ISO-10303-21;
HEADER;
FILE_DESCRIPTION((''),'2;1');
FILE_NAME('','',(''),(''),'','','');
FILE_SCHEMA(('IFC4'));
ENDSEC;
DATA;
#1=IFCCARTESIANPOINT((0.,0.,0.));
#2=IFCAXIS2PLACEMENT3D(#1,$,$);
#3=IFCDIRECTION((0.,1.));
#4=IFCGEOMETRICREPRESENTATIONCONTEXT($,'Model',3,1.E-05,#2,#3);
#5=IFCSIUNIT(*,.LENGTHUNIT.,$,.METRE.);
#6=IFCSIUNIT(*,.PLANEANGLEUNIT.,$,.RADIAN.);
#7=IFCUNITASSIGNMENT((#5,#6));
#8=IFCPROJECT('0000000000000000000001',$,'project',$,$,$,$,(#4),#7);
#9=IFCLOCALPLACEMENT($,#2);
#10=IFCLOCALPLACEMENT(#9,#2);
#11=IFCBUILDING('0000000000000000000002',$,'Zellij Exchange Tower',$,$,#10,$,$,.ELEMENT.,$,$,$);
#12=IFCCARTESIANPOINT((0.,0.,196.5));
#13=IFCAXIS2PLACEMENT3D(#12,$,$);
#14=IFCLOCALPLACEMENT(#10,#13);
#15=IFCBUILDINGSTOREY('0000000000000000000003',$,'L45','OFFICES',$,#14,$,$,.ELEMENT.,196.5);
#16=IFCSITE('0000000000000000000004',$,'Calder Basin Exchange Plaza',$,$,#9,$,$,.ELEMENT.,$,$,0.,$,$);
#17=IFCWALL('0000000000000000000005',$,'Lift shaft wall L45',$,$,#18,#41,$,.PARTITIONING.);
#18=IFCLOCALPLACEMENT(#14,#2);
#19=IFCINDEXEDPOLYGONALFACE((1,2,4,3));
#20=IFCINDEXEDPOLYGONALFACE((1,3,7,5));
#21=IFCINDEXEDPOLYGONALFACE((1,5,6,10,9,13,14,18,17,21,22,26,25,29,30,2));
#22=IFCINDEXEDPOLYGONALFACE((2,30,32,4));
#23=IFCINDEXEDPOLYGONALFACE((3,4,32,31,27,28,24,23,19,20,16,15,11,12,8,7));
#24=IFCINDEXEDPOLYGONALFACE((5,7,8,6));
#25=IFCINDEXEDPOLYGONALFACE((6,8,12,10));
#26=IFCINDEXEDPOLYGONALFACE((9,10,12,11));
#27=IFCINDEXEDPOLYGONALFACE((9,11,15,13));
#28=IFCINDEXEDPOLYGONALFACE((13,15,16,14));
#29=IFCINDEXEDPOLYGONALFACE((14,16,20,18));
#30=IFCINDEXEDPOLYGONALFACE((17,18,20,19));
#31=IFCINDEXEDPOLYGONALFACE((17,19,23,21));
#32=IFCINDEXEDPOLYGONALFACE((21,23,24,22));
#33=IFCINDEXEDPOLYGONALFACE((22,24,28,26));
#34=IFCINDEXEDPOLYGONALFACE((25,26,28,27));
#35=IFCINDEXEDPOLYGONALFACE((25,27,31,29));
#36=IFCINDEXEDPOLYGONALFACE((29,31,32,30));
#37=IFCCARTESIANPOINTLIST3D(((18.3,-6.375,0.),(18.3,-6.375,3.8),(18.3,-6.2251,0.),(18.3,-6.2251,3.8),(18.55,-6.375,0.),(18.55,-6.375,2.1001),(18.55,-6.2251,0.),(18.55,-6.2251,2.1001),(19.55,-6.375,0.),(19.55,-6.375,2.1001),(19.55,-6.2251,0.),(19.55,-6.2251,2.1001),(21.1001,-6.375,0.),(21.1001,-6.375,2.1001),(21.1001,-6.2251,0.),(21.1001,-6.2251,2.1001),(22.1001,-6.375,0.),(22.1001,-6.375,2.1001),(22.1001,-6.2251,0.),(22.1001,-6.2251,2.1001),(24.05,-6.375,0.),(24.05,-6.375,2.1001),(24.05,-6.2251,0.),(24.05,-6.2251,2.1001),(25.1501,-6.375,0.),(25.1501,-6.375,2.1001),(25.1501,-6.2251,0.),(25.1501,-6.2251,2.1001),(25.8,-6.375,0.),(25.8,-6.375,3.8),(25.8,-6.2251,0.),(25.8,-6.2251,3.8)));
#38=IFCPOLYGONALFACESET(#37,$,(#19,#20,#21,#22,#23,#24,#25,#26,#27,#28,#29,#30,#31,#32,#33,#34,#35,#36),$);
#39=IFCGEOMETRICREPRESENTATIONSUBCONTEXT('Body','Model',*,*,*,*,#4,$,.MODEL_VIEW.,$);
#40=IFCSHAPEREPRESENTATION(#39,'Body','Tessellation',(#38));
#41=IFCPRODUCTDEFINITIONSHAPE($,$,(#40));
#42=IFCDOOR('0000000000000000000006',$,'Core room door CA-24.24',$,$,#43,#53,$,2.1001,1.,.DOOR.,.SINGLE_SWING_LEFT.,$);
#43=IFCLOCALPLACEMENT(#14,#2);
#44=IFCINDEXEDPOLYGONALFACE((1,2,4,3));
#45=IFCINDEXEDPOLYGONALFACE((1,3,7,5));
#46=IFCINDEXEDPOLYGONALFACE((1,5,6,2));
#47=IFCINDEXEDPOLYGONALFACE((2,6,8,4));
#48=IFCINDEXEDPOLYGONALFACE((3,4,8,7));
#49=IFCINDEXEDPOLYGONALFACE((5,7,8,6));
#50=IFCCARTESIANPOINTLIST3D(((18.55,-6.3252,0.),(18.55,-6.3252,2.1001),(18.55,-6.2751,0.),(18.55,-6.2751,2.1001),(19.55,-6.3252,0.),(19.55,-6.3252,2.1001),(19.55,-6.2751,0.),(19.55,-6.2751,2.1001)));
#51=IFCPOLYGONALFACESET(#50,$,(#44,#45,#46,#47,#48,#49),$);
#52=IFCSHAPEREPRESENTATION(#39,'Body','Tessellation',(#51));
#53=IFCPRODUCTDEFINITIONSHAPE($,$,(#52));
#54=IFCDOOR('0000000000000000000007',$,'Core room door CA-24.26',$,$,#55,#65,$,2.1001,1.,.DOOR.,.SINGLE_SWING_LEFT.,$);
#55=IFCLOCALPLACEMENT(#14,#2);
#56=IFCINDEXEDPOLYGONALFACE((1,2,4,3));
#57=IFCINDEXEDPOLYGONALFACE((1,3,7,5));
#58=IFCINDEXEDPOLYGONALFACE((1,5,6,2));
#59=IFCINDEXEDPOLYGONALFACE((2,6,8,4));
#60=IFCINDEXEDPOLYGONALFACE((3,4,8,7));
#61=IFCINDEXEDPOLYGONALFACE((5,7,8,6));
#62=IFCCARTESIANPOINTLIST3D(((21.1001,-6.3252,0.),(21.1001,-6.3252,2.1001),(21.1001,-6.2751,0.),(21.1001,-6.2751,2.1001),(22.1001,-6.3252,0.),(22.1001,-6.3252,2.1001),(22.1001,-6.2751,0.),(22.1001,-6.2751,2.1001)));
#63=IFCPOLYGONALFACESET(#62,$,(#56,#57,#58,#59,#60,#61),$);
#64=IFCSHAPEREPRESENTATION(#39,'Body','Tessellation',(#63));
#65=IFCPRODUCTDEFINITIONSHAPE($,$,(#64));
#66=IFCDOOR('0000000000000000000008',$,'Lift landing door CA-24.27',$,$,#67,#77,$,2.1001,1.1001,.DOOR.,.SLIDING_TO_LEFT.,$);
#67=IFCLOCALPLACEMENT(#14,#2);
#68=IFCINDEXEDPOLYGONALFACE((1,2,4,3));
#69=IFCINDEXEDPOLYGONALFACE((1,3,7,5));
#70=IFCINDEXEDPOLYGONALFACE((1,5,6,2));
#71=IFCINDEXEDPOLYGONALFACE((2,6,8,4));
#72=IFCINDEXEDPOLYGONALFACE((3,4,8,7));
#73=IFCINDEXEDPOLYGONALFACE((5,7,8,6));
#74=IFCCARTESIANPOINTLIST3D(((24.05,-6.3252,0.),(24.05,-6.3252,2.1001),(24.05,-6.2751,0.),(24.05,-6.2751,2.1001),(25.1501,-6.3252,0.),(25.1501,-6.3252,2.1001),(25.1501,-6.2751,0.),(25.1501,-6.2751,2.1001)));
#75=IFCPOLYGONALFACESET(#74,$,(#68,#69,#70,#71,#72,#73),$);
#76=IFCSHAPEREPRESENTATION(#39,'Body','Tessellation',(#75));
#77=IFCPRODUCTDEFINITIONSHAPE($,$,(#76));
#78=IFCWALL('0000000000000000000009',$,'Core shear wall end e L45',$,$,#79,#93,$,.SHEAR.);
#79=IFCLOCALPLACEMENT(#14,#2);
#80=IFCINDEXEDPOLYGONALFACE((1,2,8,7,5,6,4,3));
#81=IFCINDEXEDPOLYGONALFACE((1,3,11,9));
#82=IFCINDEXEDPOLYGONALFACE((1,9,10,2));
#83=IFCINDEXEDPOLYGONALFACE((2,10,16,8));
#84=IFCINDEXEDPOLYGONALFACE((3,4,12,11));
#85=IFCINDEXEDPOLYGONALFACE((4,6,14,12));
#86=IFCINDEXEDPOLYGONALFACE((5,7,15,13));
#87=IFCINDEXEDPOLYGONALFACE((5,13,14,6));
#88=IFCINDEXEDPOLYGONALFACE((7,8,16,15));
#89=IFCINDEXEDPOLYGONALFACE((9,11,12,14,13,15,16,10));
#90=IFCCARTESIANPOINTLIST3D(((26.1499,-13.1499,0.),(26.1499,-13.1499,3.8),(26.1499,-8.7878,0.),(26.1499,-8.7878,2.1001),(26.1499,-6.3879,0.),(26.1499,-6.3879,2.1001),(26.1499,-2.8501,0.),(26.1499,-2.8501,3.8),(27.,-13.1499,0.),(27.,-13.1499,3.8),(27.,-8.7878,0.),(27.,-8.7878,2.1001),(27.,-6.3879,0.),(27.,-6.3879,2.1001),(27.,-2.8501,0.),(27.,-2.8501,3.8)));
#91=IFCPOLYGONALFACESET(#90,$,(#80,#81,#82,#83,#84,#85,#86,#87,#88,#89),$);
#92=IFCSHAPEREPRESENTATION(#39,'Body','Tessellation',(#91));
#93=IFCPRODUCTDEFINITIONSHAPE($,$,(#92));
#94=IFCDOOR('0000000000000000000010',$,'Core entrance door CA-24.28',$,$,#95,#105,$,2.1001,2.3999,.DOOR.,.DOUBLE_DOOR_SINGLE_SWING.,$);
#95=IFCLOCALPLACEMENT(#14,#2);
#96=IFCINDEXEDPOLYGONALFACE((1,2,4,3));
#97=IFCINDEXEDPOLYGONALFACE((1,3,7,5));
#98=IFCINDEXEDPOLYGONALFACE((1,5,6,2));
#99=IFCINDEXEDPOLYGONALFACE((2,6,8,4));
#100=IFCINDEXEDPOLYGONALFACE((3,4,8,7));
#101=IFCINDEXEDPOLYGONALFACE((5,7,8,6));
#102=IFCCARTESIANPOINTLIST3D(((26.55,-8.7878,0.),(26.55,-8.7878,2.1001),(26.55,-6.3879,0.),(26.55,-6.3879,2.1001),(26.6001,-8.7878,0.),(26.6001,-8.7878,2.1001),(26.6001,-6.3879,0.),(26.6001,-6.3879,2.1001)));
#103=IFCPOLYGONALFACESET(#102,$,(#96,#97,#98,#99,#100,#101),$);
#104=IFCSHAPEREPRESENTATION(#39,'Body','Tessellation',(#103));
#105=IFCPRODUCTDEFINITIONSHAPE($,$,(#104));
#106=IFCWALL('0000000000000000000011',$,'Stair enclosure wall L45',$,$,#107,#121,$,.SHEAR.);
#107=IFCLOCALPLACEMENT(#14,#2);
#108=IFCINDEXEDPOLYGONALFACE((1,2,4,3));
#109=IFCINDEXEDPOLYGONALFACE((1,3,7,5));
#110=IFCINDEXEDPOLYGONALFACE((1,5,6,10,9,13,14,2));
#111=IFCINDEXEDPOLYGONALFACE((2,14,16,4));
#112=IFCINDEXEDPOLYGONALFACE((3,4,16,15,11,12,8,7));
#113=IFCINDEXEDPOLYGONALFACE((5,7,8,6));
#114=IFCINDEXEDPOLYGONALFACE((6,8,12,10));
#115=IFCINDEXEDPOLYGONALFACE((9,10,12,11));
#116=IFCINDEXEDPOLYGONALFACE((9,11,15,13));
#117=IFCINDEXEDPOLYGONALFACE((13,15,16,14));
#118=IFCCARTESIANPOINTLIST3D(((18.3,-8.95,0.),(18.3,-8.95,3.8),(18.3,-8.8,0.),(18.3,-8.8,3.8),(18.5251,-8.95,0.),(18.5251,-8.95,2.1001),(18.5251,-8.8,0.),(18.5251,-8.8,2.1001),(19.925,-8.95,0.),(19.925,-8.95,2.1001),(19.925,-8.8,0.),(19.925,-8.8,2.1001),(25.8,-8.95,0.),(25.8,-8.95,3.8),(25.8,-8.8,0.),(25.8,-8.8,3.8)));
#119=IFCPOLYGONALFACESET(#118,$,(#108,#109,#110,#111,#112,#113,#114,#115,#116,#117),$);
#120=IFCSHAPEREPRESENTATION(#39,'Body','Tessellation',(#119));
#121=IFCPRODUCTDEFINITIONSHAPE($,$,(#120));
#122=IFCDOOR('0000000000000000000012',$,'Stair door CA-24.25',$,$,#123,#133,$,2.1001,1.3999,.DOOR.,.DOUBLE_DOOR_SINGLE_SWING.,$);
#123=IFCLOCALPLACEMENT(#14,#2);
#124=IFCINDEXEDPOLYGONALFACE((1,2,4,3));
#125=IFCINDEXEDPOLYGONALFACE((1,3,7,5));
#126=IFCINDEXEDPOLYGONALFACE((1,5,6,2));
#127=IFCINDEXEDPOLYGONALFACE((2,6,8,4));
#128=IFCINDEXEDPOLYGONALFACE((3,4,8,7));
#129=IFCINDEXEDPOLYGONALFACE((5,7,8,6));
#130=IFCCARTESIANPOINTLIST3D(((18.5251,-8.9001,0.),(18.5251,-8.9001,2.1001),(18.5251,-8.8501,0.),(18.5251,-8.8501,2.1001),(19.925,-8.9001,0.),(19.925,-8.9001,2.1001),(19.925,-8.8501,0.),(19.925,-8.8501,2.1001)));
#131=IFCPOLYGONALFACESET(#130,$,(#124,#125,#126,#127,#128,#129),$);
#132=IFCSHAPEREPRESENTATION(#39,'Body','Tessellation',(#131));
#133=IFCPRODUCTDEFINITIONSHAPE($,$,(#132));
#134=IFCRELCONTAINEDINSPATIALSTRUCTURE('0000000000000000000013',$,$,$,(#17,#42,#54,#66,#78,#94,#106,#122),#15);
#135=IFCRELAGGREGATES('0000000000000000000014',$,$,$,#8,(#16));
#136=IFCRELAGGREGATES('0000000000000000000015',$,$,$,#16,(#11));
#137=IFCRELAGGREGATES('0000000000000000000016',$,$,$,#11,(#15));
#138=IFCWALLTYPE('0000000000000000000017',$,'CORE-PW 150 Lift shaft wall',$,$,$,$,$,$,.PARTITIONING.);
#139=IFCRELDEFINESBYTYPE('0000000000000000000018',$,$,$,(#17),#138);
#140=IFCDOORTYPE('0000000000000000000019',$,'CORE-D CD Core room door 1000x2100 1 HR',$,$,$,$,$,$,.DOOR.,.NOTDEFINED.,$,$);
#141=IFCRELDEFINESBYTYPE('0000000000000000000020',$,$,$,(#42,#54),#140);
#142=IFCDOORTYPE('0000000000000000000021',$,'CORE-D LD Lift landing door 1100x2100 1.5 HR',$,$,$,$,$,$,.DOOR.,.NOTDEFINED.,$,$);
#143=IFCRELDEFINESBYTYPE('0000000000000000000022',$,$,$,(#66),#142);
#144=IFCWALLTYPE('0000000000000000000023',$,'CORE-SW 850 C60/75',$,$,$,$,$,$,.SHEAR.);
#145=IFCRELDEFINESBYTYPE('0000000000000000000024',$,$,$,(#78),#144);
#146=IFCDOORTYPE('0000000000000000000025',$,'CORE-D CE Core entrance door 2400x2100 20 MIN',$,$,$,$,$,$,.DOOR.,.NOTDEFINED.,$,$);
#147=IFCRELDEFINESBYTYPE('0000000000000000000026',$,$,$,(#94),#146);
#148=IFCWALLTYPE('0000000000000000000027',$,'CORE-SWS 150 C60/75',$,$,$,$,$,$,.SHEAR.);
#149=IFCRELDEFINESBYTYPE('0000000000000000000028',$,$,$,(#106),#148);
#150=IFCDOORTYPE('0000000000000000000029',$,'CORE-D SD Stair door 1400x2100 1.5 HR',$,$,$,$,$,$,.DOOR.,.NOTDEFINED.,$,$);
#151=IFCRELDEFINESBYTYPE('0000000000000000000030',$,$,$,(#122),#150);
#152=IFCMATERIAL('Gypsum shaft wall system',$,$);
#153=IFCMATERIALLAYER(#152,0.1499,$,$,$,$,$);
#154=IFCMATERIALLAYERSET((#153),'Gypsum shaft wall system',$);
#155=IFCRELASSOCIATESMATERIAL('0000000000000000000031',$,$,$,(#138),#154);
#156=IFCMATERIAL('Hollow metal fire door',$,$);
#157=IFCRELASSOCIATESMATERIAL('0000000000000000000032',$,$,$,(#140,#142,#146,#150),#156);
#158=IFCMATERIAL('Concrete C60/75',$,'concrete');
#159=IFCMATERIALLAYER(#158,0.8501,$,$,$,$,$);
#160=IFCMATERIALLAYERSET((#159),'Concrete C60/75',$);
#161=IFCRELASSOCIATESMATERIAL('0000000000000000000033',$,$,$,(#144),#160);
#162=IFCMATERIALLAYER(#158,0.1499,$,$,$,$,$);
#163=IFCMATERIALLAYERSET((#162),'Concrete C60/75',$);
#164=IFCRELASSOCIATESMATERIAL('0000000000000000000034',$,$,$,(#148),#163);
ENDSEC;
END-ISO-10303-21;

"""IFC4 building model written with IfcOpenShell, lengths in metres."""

from ifc_helpers import new_model, si_unit, direction, frame, frame_2d, origin, place, context, subcontext, project, spatial, rectangle, extrude, material, layer, layer_set, type_object, element, fill, save


model = new_model("IFC4")

# Units and contexts
model_context = context("Model", 3, precision=1e-05, world=origin(), true_north=direction((0.0, 1.0)))
body_context = subcontext(model_context, "Body", "Model", "MODEL_VIEW")
ifc_project = project(units=[si_unit("LENGTHUNIT", "METRE"), si_unit("PLANEANGLEUNIT", "RADIAN")], contexts=[model_context])

# Site, building, storey
site_placement = place(None, origin())
site = spatial("IfcSite", under=ifc_project, at=site_placement, Name="Calder Basin Exchange Plaza", CompositionType="ELEMENT", RefElevation=0.0)
building_placement = place(site_placement, origin())
building = spatial("IfcBuilding", under=site, at=building_placement, Name="Zellij Exchange Tower", CompositionType="ELEMENT")
storey_placement = place(building_placement, frame((0.0, 0.0, 196.5)))
storey = spatial("IfcBuildingStorey", under=building, at=storey_placement, Name="L45", Description="OFFICES", CompositionType="ELEMENT", Elevation=196.5)

# Shared definitions
ifc_material_1 = material(Name="Concrete C60/75", Category="concrete")
ifc_material_2 = material(Name="Gypsum shaft wall system")
ifc_layer_1 = layer(ifc_material_2, 0.1499)
ifc_layer_set_1 = layer_set([ifc_layer_1], Name="Gypsum shaft wall system")
wall_type_1 = type_object("IfcWallType", Name="CORE-PW 150 Lift shaft wall", PredefinedType="PARTITIONING", material=ifc_layer_set_1)

# Wall, openings, doors
wall_1_placement = place(storey_placement, frame((18.3, -6.3, 0.0), z_axis=(0.0, 0.0, 1.0), x_axis=(1.0, 0.0, 0.0)))
wall_1 = element("IfcWall", 1, at=wall_1_placement, inside=storey, type_object=wall_type_1, Name="Lift shaft wall L45", PredefinedType="PARTITIONING", context=body_context, shape_type="SweptSolid", body=[
    extrude(rectangle(XDim=7.5, YDim=0.1499, at=frame_2d((3.75, 0.0))), origin(), (0.0, 0.0, 1.0), 3.8),
])
opening_1_placement = place(wall_1_placement, frame((0.25, 0.0, 0.0)))
opening_1 = element("IfcOpeningElement", 2, at=opening_1_placement, cuts=wall_1, PredefinedType="OPENING", context=body_context, shape_type="SweptSolid", body=[
    extrude(rectangle(XDim=1.0, YDim=2.1001, at=frame_2d((0.5, 1.05))), frame((0.0, 0.0869, 0.0), z_axis=(0.0, -1.0, 0.0), x_axis=(1.0, 0.0, 0.0)), (0.0, 0.0, 1.0), 0.1738),
])
opening_2_placement = place(wall_1_placement, frame((2.8, 0.0, 0.0)))
opening_2 = element("IfcOpeningElement", 3, at=opening_2_placement, cuts=wall_1, PredefinedType="OPENING", context=body_context, shape_type="SweptSolid", body=[
    extrude(rectangle(XDim=1.0, YDim=2.1001, at=frame_2d((0.5, 1.05))), frame((0.0, 0.0869, 0.0), z_axis=(0.0, -1.0, 0.0), x_axis=(1.0, 0.0, 0.0)), (0.0, 0.0, 1.0), 0.1738),
])
opening_3_placement = place(wall_1_placement, frame((5.75, 0.0, 0.0)))
opening_3 = element("IfcOpeningElement", 4, at=opening_3_placement, cuts=wall_1, PredefinedType="OPENING", context=body_context, shape_type="SweptSolid", body=[
    extrude(rectangle(XDim=1.1001, YDim=2.1001, at=frame_2d((0.55, 1.05))), frame((0.0, 0.0869, 0.0), z_axis=(0.0, -1.0, 0.0), x_axis=(1.0, 0.0, 0.0)), (0.0, 0.0, 1.0), 0.1738),
])
ifc_material_3 = material(Name="Hollow metal fire door")
door_type_1 = type_object("IfcDoorType", Name="CORE-D CD Core room door 1000x2100 1 HR", OperationType="NOTDEFINED", PredefinedType="DOOR", material=ifc_material_3)
door_1_placement = place(opening_1_placement, origin())
door_1 = element("IfcDoor", 5, at=door_1_placement, inside=storey, type_object=door_type_1, Name="Core room door CA-24.24", OperationType="SINGLE_SWING_LEFT", OverallHeight=2.1001, OverallWidth=1.0, PredefinedType="DOOR", context=body_context, shape_type="SweptSolid", body=[
    extrude(rectangle(XDim=1.0, YDim=2.1001, at=frame_2d((0.5, 1.05))), frame((0.0, 0.0249, 0.0), z_axis=(0.0, -1.0, 0.0), x_axis=(1.0, 0.0, 0.0)), (0.0, 0.0, 1.0), 0.05),
])
fill(opening_1, door_1)
door_2_placement = place(opening_2_placement, origin())
door_2 = element("IfcDoor", 6, at=door_2_placement, inside=storey, type_object=door_type_1, Name="Core room door CA-24.26", OperationType="SINGLE_SWING_LEFT", OverallHeight=2.1001, OverallWidth=1.0, PredefinedType="DOOR", context=body_context, shape_type="SweptSolid", body=[
    extrude(rectangle(XDim=1.0, YDim=2.1001, at=frame_2d((0.5, 1.05))), frame((0.0, 0.0249, 0.0), z_axis=(0.0, -1.0, 0.0), x_axis=(1.0, 0.0, 0.0)), (0.0, 0.0, 1.0), 0.05),
])
fill(opening_2, door_2)
door_type_2 = type_object("IfcDoorType", Name="CORE-D LD Lift landing door 1100x2100 1.5 HR", OperationType="NOTDEFINED", PredefinedType="DOOR", material=ifc_material_3)
door_3_placement = place(opening_3_placement, origin())
door_3 = element("IfcDoor", 7, at=door_3_placement, inside=storey, type_object=door_type_2, Name="Lift landing door CA-24.27", OperationType="SLIDING_TO_LEFT", OverallHeight=2.1001, OverallWidth=1.1001, PredefinedType="DOOR", context=body_context, shape_type="SweptSolid", body=[
    extrude(rectangle(XDim=1.1001, YDim=2.1001, at=frame_2d((0.55, 1.05))), frame((0.0, 0.0249, 0.0), z_axis=(0.0, -1.0, 0.0), x_axis=(1.0, 0.0, 0.0)), (0.0, 0.0, 1.0), 0.05),
])
fill(opening_3, door_3)

# Walls, openings, doors
ifc_layer_2 = layer(ifc_material_1, 0.8501)
ifc_layer_set_2 = layer_set([ifc_layer_2], Name="Concrete C60/75")
wall_type_2 = type_object("IfcWallType", Name="CORE-SW 850 C60/75", PredefinedType="SHEAR", material=ifc_layer_set_2)
wall_2_placement = place(storey_placement, frame((26.575, -13.1499, 0.0), z_axis=(0.0, 0.0, 1.0), x_axis=(0.0, 1.0, 0.0)))
wall_2 = element("IfcWall", 8, at=wall_2_placement, inside=storey, type_object=wall_type_2, Name="Core shear wall end e L45", PredefinedType="SHEAR", context=body_context, shape_type="SweptSolid", body=[
    extrude(rectangle(XDim=10.2998, YDim=0.8501, at=frame_2d((5.1499, 0.0))), origin(), (0.0, 0.0, 1.0), 3.8),
])
opening_4_placement = place(wall_2_placement, frame((4.3621, 0.0, 0.0)))
opening_4 = element("IfcOpeningElement", 9, at=opening_4_placement, cuts=wall_2, PredefinedType="OPENING", context=body_context, shape_type="SweptSolid", body=[
    extrude(rectangle(XDim=2.3999, YDim=2.1001, at=frame_2d((1.2, 1.05))), frame((0.0, 0.437, 0.0), z_axis=(0.0, -1.0, 0.0), x_axis=(1.0, 0.0, 0.0)), (0.0, 0.0, 1.0), 0.874),
])
door_type_3 = type_object("IfcDoorType", Name="CORE-D CE Core entrance door 2400x2100 20 MIN", OperationType="NOTDEFINED", PredefinedType="DOOR", material=ifc_material_3)
door_4_placement = place(opening_4_placement, origin())
door_4 = element("IfcDoor", 10, at=door_4_placement, inside=storey, type_object=door_type_3, Name="Core entrance door CA-24.28", OperationType="DOUBLE_DOOR_SINGLE_SWING", OverallHeight=2.1001, OverallWidth=2.3999, PredefinedType="DOOR", context=body_context, shape_type="SweptSolid", body=[
    extrude(rectangle(XDim=2.3999, YDim=2.1001, at=frame_2d((1.2, 1.05))), frame((0.0, 0.0249, 0.0), z_axis=(0.0, -1.0, 0.0), x_axis=(1.0, 0.0, 0.0)), (0.0, 0.0, 1.0), 0.05),
])
fill(opening_4, door_4)
ifc_layer_3 = layer(ifc_material_1, 0.1499)
ifc_layer_set_3 = layer_set([ifc_layer_3], Name="Concrete C60/75")
wall_type_3 = type_object("IfcWallType", Name="CORE-SWS 150 C60/75", PredefinedType="SHEAR", material=ifc_layer_set_3)
wall_3_placement = place(storey_placement, frame((18.3, -8.875, 0.0), z_axis=(0.0, 0.0, 1.0), x_axis=(1.0, 0.0, 0.0)))
wall_3 = element("IfcWall", 11, at=wall_3_placement, inside=storey, type_object=wall_type_3, Name="Stair enclosure wall L45", PredefinedType="SHEAR", context=body_context, shape_type="SweptSolid", body=[
    extrude(rectangle(XDim=7.5, YDim=0.1499, at=frame_2d((3.75, 0.0))), origin(), (0.0, 0.0, 1.0), 3.8),
])
opening_5_placement = place(wall_3_placement, frame((0.2251, 0.0, 0.0)))
opening_5 = element("IfcOpeningElement", 12, at=opening_5_placement, cuts=wall_3, PredefinedType="OPENING", context=body_context, shape_type="SweptSolid", body=[
    extrude(rectangle(XDim=1.3999, YDim=2.1001, at=frame_2d((0.7, 1.05))), frame((0.0, 0.0869, 0.0), z_axis=(0.0, -1.0, 0.0), x_axis=(1.0, 0.0, 0.0)), (0.0, 0.0, 1.0), 0.1738),
])
door_type_4 = type_object("IfcDoorType", Name="CORE-D SD Stair door 1400x2100 1.5 HR", OperationType="NOTDEFINED", PredefinedType="DOOR", material=ifc_material_3)
door_5_placement = place(opening_5_placement, origin())
door_5 = element("IfcDoor", 13, at=door_5_placement, inside=storey, type_object=door_type_4, Name="Stair door CA-24.25", OperationType="DOUBLE_DOOR_SINGLE_SWING", OverallHeight=2.1001, OverallWidth=1.3999, PredefinedType="DOOR", context=body_context, shape_type="SweptSolid", body=[
    extrude(rectangle(XDim=1.3999, YDim=2.1001, at=frame_2d((0.7, 1.05))), frame((0.0, 0.0249, 0.0), z_axis=(0.0, -1.0, 0.0), x_axis=(1.0, 0.0, 0.0)), (0.0, 0.0, 1.0), 0.05),
])
fill(opening_5, door_5)

save(model, "model.ifc")
